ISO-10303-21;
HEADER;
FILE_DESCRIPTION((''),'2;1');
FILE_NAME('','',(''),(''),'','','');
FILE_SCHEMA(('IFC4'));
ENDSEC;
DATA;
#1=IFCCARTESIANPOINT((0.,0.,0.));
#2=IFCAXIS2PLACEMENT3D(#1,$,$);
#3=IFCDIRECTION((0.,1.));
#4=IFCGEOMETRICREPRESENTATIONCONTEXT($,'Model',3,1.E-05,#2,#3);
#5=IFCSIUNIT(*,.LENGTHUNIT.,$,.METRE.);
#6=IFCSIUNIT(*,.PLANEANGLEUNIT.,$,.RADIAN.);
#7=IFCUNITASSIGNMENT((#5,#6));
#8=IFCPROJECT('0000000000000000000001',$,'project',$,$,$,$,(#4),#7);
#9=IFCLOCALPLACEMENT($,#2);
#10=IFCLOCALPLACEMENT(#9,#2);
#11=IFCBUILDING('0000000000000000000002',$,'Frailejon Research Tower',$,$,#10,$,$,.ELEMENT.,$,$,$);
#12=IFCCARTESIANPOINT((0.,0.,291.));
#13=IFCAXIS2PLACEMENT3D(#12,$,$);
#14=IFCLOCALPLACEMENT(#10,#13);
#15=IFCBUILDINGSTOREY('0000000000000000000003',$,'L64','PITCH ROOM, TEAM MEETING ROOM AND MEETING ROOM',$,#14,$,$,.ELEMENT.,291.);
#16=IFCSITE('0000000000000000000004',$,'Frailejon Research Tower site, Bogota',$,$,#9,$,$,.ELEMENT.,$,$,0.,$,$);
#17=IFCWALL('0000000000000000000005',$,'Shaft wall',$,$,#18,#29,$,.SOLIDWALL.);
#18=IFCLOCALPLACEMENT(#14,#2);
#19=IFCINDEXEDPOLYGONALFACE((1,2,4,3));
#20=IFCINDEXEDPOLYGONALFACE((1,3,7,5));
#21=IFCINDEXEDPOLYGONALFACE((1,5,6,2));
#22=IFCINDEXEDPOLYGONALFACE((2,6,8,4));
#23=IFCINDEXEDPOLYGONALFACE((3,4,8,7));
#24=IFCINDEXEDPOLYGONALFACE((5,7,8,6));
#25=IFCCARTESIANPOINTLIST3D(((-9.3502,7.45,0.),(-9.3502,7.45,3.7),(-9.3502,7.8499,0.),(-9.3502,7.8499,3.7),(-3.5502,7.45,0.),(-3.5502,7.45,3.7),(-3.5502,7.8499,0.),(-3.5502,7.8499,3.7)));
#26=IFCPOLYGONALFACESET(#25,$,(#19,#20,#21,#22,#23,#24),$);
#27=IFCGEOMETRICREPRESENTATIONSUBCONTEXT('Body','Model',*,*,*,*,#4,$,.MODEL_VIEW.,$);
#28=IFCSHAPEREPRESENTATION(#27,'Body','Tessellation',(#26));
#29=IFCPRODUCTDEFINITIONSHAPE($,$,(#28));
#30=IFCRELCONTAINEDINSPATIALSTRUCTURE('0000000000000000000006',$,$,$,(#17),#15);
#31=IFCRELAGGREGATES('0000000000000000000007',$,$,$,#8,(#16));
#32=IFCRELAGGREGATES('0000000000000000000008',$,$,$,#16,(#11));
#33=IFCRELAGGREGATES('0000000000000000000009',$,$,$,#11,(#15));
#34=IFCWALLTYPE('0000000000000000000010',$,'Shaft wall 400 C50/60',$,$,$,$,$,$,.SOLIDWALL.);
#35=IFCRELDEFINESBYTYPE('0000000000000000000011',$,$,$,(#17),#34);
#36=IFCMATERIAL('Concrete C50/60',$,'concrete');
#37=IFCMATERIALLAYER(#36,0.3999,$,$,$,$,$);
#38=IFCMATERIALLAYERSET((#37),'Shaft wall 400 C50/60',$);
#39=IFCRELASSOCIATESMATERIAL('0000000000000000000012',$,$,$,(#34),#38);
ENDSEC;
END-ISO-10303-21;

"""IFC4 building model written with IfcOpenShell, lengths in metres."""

from ifc_helpers import new_model, si_unit, direction, frame, frame_2d, origin, place, context, subcontext, project, spatial, rectangle, extrude, material, layer, layer_set, type_object, element, save


model = new_model("IFC4")

# Units and contexts
model_context = context("Model", 3, precision=1e-05, world=origin(), true_north=direction((0.0, 1.0)))
body_context = subcontext(model_context, "Body", "Model", "MODEL_VIEW")
ifc_project = project(units=[si_unit("LENGTHUNIT", "METRE"), si_unit("PLANEANGLEUNIT", "RADIAN")], contexts=[model_context])

# Site, building, storey
site_placement = place(None, origin())
site = spatial("IfcSite", under=ifc_project, at=site_placement, Name="Frailejon Research Tower site, Bogota", CompositionType="ELEMENT", RefElevation=0.0)
building_placement = place(site_placement, origin())
building = spatial("IfcBuilding", under=site, at=building_placement, Name="Frailejon Research Tower", CompositionType="ELEMENT")
storey_placement = place(building_placement, frame((0.0, 0.0, 291.0)))
storey = spatial("IfcBuildingStorey", under=building, at=storey_placement, Name="L64", Description="PITCH ROOM, TEAM MEETING ROOM AND MEETING ROOM", CompositionType="ELEMENT", Elevation=291.0)

# Wall
ifc_material_1 = material(Name="Concrete C50/60", Category="concrete")
ifc_layer_1 = layer(ifc_material_1, 0.3999)
ifc_layer_set_1 = layer_set([ifc_layer_1], Name="Shaft wall 400 C50/60")
wall_type_1 = type_object("IfcWallType", Name="Shaft wall 400 C50/60", PredefinedType="SOLIDWALL", material=ifc_layer_set_1)
wall_1_placement = place(storey_placement, frame((-9.3501, 7.6499, 0.0), z_axis=(0.0, 0.0, 1.0), x_axis=(1.0, 0.0, 0.0)))
element("IfcWall", 1, at=wall_1_placement, inside=storey, type_object=wall_type_1, Name="Shaft wall", PredefinedType="SOLIDWALL", context=body_context, shape_type="SweptSolid", body=[
    extrude(rectangle(XDim=5.8, YDim=0.3999, at=frame_2d((2.8999, 0.0))), origin(), (0.0, 0.0, 1.0), 3.7),
])

save(model, "model.ifc")
